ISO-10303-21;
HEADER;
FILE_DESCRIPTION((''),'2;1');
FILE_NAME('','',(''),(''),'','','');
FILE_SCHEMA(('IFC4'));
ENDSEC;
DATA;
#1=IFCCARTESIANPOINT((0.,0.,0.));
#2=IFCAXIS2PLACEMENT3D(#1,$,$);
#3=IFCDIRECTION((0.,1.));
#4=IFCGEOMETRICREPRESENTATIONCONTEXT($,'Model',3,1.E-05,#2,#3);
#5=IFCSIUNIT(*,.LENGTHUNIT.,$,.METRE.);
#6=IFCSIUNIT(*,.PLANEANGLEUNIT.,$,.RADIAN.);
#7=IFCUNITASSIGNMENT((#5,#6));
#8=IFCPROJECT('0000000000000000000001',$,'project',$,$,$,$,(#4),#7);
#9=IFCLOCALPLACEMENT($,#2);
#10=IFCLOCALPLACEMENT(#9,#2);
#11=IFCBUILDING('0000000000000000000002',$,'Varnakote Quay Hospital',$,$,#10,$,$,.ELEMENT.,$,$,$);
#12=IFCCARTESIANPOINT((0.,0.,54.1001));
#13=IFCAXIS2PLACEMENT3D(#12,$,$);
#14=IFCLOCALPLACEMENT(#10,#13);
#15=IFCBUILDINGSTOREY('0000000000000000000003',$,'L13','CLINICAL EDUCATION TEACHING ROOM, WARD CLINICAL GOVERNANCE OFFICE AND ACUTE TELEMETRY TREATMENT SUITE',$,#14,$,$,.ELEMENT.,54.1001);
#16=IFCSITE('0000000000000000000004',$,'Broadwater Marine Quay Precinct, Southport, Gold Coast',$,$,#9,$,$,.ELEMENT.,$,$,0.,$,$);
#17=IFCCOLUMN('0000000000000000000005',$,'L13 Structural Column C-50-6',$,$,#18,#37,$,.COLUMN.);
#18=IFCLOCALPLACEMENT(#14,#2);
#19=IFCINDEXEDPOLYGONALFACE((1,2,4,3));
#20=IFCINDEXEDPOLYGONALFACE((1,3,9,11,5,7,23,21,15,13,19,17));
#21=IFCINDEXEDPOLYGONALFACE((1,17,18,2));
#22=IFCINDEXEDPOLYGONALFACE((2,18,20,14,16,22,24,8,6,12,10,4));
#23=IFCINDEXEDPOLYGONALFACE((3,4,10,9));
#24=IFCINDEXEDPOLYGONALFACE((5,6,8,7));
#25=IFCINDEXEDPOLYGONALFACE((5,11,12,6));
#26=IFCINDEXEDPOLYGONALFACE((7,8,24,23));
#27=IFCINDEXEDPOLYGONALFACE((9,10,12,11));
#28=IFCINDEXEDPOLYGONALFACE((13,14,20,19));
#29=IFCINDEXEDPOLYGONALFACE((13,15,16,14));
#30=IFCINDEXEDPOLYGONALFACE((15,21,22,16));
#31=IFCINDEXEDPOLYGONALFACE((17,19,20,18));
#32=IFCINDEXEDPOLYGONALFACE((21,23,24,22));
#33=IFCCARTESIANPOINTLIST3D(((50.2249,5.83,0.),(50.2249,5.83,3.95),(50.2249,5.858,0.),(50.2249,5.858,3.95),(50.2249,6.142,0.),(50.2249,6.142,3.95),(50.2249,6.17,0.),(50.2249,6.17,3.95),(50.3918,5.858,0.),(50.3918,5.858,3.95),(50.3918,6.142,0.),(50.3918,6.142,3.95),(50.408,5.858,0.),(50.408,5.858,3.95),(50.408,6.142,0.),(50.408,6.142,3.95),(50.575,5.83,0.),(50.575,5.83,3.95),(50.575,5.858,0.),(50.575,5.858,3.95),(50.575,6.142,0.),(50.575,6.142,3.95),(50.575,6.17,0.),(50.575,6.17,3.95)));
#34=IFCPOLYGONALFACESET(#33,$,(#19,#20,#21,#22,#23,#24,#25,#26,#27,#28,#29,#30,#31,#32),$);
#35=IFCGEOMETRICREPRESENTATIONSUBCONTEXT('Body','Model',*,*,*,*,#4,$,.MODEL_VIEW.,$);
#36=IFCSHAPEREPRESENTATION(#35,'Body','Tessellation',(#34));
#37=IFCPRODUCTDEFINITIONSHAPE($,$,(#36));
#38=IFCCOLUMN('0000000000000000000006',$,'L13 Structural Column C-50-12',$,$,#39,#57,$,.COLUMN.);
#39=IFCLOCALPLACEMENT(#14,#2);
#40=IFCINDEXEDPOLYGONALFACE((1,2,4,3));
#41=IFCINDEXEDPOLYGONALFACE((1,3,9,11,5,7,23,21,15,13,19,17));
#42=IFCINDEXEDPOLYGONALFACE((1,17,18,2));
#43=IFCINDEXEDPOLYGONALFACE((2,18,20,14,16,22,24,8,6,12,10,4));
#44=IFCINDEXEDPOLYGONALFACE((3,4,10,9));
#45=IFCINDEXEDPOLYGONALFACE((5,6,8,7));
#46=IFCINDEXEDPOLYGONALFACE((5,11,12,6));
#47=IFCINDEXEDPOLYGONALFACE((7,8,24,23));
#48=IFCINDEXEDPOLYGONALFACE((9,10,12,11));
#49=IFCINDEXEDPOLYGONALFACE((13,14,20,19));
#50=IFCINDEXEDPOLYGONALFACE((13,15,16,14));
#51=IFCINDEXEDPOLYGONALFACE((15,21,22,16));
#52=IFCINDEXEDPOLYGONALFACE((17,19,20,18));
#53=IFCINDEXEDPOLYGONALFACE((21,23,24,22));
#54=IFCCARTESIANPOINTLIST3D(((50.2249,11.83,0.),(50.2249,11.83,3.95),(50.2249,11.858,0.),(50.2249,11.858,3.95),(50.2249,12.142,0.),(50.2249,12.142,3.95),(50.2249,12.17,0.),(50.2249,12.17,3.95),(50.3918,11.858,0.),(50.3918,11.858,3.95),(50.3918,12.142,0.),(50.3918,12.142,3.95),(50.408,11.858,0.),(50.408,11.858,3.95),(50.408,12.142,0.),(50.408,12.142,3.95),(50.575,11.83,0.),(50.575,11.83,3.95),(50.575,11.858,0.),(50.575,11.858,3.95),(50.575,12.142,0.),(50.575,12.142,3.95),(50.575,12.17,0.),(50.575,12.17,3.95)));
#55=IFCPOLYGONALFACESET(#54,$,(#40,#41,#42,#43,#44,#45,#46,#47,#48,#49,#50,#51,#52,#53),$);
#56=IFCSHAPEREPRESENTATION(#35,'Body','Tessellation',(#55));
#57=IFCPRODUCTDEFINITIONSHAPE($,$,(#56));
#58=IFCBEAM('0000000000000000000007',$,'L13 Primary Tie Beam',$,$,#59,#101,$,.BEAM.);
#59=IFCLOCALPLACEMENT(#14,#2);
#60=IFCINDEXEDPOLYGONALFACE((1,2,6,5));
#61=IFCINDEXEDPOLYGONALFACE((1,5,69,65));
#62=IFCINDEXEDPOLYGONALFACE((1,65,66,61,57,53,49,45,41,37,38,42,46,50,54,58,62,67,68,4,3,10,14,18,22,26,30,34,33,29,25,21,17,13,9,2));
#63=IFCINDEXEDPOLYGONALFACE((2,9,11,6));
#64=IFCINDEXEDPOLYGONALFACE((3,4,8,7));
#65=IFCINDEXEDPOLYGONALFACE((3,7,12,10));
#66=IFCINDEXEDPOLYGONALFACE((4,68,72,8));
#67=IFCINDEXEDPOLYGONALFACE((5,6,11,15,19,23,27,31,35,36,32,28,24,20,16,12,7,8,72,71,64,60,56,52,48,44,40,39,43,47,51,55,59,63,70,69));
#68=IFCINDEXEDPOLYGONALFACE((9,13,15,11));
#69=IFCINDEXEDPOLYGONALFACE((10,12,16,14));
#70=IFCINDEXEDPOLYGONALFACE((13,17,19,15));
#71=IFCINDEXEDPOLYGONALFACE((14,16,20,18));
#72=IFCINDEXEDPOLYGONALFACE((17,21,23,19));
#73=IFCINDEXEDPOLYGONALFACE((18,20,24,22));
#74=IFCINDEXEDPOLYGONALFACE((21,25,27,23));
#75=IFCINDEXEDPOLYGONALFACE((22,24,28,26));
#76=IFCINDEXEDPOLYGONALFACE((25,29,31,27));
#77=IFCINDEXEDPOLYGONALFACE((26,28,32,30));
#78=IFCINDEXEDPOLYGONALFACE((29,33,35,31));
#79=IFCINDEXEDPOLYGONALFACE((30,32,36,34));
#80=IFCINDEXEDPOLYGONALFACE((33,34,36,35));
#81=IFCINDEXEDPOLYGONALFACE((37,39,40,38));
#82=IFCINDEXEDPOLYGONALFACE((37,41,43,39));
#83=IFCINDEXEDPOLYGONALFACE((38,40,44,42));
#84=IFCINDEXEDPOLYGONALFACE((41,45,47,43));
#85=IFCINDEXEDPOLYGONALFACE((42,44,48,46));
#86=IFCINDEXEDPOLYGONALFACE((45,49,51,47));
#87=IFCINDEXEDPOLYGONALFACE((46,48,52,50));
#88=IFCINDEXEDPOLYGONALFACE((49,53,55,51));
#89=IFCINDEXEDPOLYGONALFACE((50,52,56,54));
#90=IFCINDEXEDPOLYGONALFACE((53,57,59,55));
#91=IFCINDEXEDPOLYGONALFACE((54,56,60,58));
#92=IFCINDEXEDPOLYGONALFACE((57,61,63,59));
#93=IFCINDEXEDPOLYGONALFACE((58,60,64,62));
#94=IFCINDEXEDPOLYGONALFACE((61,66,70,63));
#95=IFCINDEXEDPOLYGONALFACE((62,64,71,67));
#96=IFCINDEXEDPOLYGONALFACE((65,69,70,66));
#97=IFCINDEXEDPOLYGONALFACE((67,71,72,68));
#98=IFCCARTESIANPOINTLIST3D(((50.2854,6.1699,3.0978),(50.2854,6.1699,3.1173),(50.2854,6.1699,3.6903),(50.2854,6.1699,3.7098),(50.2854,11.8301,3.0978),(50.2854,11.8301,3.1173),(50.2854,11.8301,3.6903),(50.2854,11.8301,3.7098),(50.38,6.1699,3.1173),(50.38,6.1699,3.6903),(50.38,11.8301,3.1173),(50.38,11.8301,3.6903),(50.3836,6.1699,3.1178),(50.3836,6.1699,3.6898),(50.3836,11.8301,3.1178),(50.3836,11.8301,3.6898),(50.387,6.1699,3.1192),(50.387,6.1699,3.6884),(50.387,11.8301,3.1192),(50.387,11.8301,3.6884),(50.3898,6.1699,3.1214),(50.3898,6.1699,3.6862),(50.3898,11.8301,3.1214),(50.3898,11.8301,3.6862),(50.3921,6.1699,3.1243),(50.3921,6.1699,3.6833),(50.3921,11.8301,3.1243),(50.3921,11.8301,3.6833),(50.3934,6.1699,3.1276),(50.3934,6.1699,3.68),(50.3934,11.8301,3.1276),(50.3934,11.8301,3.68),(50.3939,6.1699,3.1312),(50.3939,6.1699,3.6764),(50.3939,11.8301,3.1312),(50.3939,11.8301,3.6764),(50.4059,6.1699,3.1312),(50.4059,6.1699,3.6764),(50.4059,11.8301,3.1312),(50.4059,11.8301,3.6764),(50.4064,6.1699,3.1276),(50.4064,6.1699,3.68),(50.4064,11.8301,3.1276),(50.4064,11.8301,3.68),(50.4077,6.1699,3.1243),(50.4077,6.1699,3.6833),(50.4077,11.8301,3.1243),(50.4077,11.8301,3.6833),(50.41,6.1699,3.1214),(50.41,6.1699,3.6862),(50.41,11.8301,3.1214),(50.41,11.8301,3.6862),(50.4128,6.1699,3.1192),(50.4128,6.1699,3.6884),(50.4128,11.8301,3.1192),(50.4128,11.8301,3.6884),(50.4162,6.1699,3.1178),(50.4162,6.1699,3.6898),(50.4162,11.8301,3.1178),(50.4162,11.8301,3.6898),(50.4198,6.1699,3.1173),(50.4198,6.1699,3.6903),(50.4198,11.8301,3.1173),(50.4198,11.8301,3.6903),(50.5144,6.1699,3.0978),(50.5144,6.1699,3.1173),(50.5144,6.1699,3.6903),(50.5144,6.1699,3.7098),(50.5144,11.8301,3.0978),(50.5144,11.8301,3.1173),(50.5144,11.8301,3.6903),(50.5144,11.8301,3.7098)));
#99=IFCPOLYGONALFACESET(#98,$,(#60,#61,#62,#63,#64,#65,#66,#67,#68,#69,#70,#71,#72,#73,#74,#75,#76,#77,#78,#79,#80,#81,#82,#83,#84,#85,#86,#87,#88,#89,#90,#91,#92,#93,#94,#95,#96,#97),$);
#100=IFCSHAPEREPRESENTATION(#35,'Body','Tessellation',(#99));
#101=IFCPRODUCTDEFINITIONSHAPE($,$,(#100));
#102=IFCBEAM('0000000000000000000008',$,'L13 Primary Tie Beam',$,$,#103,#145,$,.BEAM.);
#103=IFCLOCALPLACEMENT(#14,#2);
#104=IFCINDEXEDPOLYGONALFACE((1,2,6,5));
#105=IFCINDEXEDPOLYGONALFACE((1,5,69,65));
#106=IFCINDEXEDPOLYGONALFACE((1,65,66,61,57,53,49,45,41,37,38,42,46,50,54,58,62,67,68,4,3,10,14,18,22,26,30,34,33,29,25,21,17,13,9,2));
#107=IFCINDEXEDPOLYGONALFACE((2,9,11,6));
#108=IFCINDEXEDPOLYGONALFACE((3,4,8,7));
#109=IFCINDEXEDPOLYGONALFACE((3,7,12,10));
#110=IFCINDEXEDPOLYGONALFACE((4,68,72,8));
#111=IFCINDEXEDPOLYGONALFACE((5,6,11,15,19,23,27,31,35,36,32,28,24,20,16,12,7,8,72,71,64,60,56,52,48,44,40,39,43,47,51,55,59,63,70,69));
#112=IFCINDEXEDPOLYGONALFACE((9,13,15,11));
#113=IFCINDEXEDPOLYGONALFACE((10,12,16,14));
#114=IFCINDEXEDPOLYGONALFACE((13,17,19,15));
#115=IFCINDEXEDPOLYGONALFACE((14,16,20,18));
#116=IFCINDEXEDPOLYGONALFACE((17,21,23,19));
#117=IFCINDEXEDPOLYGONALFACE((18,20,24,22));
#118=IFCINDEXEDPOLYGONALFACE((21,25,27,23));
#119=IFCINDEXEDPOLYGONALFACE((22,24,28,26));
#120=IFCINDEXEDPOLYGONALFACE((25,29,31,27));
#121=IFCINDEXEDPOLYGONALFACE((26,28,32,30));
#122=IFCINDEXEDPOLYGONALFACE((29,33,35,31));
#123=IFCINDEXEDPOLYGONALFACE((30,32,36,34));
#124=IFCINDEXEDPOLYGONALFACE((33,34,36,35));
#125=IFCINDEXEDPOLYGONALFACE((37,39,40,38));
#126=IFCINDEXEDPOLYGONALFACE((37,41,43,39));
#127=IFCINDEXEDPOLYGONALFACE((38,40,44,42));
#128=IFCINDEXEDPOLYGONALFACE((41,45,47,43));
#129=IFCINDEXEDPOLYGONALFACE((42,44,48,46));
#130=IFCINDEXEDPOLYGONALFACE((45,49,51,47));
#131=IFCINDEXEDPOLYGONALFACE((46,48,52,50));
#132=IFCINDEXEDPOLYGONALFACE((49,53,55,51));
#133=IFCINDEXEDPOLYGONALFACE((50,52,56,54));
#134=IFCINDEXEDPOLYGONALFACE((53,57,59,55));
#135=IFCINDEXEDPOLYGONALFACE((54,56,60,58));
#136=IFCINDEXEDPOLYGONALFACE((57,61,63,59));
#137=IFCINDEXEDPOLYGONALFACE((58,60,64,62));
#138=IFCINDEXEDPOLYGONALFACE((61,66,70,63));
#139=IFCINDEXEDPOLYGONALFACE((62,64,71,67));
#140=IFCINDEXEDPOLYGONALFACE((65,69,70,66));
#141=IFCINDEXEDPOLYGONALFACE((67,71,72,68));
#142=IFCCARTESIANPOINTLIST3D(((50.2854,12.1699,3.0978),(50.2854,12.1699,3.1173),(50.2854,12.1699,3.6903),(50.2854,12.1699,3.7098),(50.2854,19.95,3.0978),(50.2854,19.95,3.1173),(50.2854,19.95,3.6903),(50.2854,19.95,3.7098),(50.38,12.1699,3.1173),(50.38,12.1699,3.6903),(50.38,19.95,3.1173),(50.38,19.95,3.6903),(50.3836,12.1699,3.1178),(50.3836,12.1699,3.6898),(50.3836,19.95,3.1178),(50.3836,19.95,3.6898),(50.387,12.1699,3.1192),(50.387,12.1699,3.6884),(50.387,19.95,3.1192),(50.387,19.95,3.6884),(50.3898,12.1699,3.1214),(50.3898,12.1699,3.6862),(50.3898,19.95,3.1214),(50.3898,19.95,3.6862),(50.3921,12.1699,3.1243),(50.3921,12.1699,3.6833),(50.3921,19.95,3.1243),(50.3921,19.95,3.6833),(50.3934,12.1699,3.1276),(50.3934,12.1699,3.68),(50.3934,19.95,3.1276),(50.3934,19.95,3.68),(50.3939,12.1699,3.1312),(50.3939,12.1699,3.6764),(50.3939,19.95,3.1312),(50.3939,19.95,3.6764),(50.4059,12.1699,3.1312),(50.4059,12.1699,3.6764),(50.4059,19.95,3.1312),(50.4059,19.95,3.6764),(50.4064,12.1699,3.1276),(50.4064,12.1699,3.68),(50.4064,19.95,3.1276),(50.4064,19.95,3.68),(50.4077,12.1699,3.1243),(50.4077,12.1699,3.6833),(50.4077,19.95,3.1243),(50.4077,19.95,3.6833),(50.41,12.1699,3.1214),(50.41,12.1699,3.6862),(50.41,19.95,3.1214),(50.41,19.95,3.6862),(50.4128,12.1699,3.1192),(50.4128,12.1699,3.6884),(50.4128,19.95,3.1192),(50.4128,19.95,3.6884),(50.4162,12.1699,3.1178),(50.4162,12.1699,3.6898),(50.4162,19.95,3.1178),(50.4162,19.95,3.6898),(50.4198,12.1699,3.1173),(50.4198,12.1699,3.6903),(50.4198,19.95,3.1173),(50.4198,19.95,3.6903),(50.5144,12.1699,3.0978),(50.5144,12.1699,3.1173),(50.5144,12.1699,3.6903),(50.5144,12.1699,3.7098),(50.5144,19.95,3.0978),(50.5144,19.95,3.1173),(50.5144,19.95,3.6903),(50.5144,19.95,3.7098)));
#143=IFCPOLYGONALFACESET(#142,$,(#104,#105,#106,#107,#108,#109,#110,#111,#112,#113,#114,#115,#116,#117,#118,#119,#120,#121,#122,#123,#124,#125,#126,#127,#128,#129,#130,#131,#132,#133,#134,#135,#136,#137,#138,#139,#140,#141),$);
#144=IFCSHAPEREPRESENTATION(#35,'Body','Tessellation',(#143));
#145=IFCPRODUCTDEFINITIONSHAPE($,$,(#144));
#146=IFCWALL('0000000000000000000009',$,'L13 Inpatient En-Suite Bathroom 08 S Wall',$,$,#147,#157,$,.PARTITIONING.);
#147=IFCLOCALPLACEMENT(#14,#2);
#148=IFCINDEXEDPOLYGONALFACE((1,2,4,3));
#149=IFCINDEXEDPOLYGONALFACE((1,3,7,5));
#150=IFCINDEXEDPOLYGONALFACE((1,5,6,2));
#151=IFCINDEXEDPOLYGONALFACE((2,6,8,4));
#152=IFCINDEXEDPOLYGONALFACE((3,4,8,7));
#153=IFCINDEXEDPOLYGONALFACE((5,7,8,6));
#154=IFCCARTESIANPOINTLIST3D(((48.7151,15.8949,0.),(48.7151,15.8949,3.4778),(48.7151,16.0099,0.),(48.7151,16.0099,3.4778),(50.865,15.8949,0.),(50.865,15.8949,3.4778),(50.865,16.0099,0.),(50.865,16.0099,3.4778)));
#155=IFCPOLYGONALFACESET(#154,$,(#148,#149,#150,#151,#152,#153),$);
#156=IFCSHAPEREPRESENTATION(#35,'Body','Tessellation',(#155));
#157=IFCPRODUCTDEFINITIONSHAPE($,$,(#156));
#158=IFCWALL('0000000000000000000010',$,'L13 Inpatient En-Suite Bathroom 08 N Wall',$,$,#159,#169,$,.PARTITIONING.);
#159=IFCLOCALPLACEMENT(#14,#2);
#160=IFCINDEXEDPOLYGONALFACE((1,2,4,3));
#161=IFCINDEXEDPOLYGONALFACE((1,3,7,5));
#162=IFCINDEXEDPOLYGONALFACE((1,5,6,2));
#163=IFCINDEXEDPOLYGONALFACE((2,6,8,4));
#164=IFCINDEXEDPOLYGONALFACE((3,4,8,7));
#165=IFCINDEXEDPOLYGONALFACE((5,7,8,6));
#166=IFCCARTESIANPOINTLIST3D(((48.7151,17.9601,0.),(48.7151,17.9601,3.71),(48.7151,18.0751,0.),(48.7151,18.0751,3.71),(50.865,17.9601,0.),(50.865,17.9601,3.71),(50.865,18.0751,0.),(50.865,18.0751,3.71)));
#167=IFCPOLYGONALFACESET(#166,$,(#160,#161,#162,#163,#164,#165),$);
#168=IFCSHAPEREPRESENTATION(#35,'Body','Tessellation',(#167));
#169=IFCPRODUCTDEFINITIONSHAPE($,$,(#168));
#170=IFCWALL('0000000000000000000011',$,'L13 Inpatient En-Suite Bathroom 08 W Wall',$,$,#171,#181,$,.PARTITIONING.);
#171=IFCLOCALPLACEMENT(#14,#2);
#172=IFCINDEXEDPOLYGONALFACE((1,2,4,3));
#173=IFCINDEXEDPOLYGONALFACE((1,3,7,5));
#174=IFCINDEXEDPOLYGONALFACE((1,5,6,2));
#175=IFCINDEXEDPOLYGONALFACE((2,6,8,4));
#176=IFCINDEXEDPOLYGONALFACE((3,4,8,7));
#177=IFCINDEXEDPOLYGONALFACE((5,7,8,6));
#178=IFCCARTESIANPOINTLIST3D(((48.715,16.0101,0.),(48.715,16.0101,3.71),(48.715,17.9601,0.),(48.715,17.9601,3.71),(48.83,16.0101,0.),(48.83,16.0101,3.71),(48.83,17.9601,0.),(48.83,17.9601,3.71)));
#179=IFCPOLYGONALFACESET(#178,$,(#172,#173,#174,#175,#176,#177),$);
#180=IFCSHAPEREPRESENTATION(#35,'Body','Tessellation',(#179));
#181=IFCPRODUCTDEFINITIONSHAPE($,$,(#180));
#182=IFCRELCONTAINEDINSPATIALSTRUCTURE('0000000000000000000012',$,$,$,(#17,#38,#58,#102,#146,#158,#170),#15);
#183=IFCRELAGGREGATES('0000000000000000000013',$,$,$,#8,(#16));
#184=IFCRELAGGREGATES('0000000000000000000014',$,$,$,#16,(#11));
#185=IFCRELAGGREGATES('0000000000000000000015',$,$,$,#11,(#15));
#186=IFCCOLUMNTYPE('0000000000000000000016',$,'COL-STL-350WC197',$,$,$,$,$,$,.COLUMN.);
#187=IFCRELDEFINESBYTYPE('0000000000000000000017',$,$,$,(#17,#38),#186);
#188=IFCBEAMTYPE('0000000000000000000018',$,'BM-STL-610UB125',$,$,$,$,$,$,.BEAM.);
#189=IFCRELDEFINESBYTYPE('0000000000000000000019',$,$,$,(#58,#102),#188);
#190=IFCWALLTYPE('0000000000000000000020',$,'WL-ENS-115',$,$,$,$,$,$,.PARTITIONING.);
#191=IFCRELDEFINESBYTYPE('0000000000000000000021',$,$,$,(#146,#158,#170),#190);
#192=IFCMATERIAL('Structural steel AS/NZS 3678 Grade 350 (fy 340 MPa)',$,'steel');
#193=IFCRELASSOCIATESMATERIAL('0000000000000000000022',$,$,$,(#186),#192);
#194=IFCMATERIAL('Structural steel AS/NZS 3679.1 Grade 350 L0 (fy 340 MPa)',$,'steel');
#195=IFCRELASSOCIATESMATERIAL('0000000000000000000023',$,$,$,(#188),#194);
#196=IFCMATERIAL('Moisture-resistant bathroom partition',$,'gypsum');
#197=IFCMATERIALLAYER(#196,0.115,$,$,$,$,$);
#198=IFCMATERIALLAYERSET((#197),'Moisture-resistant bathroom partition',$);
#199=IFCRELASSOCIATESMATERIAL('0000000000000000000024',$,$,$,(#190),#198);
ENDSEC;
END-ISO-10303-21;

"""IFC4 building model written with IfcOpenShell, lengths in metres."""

from ifc_helpers import new_model, si_unit, direction, frame, frame_2d, origin, origin_2d, place, context, subcontext, project, spatial, rectangle, i_section, extrude, material, layer, layer_set, material_profile, profile_set, type_object, element, save


model = new_model("IFC4")

# Units and contexts
model_context = context("Model", 3, precision=1e-05, world=origin(), true_north=direction((0.0, 1.0)))
body_context = subcontext(model_context, "Body", "Model", "MODEL_VIEW")
ifc_project = project(units=[si_unit("LENGTHUNIT", "METRE"), si_unit("PLANEANGLEUNIT", "RADIAN")], contexts=[model_context])

# Site, building, storey
site_placement = place(None, origin())
site = spatial("IfcSite", under=ifc_project, at=site_placement, Name="Broadwater Marine Quay Precinct, Southport, Gold Coast", CompositionType="ELEMENT", RefElevation=0.0)
building_placement = place(site_placement, origin())
building = spatial("IfcBuilding", under=site, at=building_placement, Name="Varnakote Quay Hospital", CompositionType="ELEMENT")
storey_placement = place(building_placement, frame((0.0, 0.0, 54.1001)))
storey = spatial("IfcBuildingStorey", under=building, at=storey_placement, Name="L13", Description="CLINICAL EDUCATION TEACHING ROOM, WARD CLINICAL GOVERNANCE OFFICE AND ACUTE TELEMETRY TREATMENT SUITE", CompositionType="ELEMENT", Elevation=54.1001)

# Columns
ifc_material_1 = material(Name="Structural steel AS/NZS 3678 Grade 350 (fy 340 MPa)", Category="steel")
ifc_material_profile_1 = material_profile(ifc_material_1, i_section(OverallWidth=0.3501, OverallDepth=0.3401, WebThickness=0.0161, FlangeThickness=0.0281, at=origin_2d()), Name="350WC197")
ifc_profile_set_1 = profile_set([ifc_material_profile_1], Name="Structural steel AS/NZS 3678 Grade 350 (fy 340 MPa)")
column_type = type_object("IfcColumnType", Name="COL-STL-350WC197", PredefinedType="COLUMN", material=ifc_profile_set_1)
for number, where, z_axis, x_axis, name in (
    (1, (50.3999, 6.0, 0.0), (0.0, 0.0, 1.0), (1.0, 0.0, 0.0), "L13 Structural Column C-50-6"),
    (2, (50.3999, 12.0, 0.0), (0.0, 0.0, 1.0), (1.0, 0.0, 0.0), "L13 Structural Column C-50-12"),
):
    element("IfcColumn", number, at=place(storey_placement, frame(where, z_axis=z_axis, x_axis=x_axis)), inside=storey, type_object=column_type, Name=name, PredefinedType="COLUMN", context=body_context, shape_type="SweptSolid", body=[
        extrude(i_section(OverallWidth=0.3501, OverallDepth=0.3401, WebThickness=0.0161, FlangeThickness=0.0281, at=origin_2d()), origin(), (0.0, 0.0, 1.0), 3.95),
    ])

# Beams
ifc_material_2 = material(Name="Structural steel AS/NZS 3679.1 Grade 350 L0 (fy 340 MPa)", Category="steel")
ifc_material_profile_2 = material_profile(ifc_material_2, i_section(OverallWidth=0.229, OverallDepth=0.6121, WebThickness=0.012, FlangeThickness=0.0195, FilletRadius=0.0139, at=origin_2d()), Name="610UB125")
ifc_profile_set_2 = profile_set([ifc_material_profile_2], Name="Structural steel AS/NZS 3679.1 Grade 350 L0 (fy 340 MPa)")
beam_type = type_object("IfcBeamType", Name="BM-STL-610UB125", PredefinedType="BEAM", material=ifc_profile_set_2)
beam_1_placement = place(storey_placement, frame((50.3999, 6.1699, 3.4038), z_axis=(0.0, 1.0, 0.0), x_axis=(-1.0, 0.0, 0.0)))
element("IfcBeam", 3, at=beam_1_placement, inside=storey, type_object=beam_type, Name="L13 Primary Tie Beam", PredefinedType="BEAM", context=body_context, shape_type="SweptSolid", body=[
    extrude(i_section(OverallWidth=0.229, OverallDepth=0.6121, WebThickness=0.012, FlangeThickness=0.0195, FilletRadius=0.0139, at=origin_2d()), origin(), (0.0, 0.0, 1.0), 5.6602),
])
beam_2_placement = place(storey_placement, frame((50.3999, 12.1699, 3.4038), z_axis=(0.0, 1.0, 0.0), x_axis=(-1.0, 0.0, 0.0)))
element("IfcBeam", 4, at=beam_2_placement, inside=storey, type_object=beam_type, Name="L13 Primary Tie Beam", PredefinedType="BEAM", context=body_context, shape_type="SweptSolid", body=[
    extrude(i_section(OverallWidth=0.229, OverallDepth=0.6121, WebThickness=0.012, FlangeThickness=0.0195, FilletRadius=0.0139, at=origin_2d()), origin(), (0.0, 0.0, 1.0), 7.78),
])

# Walls
ifc_material_3 = material(Name="Moisture-resistant bathroom partition", Category="gypsum")
ifc_layer_1 = layer(ifc_material_3, 0.115)
ifc_layer_set_1 = layer_set([ifc_layer_1], Name="Moisture-resistant bathroom partition")
wall_type_1 = type_object("IfcWallType", Name="WL-ENS-115", PredefinedType="PARTITIONING", material=ifc_layer_set_1)
wall_1_placement = place(storey_placement, frame((48.7151, 15.9524, 0.0), z_axis=(0.0, 0.0, 1.0), x_axis=(1.0, 0.0, 0.0)))
element("IfcWall", 5, at=wall_1_placement, inside=storey, type_object=wall_type_1, Name="L13 Inpatient En-Suite Bathroom 08 S Wall", PredefinedType="PARTITIONING", context=body_context, shape_type="SweptSolid", body=[
    extrude(rectangle(XDim=2.1499, YDim=0.115, at=frame_2d((1.075, 0.0))), origin(), (0.0, 0.0, 1.0), 3.4778),
])
wall_2_placement = place(storey_placement, frame((48.7151, 18.0176, 0.0), z_axis=(0.0, 0.0, 1.0), x_axis=(1.0, 0.0, 0.0)))
element("IfcWall", 6, at=wall_2_placement, inside=storey, type_object=wall_type_1, Name="L13 Inpatient En-Suite Bathroom 08 N Wall", PredefinedType="PARTITIONING", context=body_context, shape_type="SweptSolid", body=[
    extrude(rectangle(XDim=2.1499, YDim=0.115, at=frame_2d((1.075, 0.0))), origin(), (0.0, 0.0, 1.0), 3.71),
])
wall_3_placement = place(storey_placement, frame((48.7725, 16.01, 0.0), z_axis=(0.0, 0.0, 1.0), x_axis=(0.0, 1.0, 0.0)))
element("IfcWall", 7, at=wall_3_placement, inside=storey, type_object=wall_type_1, Name="L13 Inpatient En-Suite Bathroom 08 W Wall", PredefinedType="PARTITIONING", context=body_context, shape_type="SweptSolid", body=[
    extrude(rectangle(XDim=1.95, YDim=0.115, at=frame_2d((0.9751, 0.0))), origin(), (0.0, 0.0, 1.0), 3.71),
])

save(model, "model.ifc")
